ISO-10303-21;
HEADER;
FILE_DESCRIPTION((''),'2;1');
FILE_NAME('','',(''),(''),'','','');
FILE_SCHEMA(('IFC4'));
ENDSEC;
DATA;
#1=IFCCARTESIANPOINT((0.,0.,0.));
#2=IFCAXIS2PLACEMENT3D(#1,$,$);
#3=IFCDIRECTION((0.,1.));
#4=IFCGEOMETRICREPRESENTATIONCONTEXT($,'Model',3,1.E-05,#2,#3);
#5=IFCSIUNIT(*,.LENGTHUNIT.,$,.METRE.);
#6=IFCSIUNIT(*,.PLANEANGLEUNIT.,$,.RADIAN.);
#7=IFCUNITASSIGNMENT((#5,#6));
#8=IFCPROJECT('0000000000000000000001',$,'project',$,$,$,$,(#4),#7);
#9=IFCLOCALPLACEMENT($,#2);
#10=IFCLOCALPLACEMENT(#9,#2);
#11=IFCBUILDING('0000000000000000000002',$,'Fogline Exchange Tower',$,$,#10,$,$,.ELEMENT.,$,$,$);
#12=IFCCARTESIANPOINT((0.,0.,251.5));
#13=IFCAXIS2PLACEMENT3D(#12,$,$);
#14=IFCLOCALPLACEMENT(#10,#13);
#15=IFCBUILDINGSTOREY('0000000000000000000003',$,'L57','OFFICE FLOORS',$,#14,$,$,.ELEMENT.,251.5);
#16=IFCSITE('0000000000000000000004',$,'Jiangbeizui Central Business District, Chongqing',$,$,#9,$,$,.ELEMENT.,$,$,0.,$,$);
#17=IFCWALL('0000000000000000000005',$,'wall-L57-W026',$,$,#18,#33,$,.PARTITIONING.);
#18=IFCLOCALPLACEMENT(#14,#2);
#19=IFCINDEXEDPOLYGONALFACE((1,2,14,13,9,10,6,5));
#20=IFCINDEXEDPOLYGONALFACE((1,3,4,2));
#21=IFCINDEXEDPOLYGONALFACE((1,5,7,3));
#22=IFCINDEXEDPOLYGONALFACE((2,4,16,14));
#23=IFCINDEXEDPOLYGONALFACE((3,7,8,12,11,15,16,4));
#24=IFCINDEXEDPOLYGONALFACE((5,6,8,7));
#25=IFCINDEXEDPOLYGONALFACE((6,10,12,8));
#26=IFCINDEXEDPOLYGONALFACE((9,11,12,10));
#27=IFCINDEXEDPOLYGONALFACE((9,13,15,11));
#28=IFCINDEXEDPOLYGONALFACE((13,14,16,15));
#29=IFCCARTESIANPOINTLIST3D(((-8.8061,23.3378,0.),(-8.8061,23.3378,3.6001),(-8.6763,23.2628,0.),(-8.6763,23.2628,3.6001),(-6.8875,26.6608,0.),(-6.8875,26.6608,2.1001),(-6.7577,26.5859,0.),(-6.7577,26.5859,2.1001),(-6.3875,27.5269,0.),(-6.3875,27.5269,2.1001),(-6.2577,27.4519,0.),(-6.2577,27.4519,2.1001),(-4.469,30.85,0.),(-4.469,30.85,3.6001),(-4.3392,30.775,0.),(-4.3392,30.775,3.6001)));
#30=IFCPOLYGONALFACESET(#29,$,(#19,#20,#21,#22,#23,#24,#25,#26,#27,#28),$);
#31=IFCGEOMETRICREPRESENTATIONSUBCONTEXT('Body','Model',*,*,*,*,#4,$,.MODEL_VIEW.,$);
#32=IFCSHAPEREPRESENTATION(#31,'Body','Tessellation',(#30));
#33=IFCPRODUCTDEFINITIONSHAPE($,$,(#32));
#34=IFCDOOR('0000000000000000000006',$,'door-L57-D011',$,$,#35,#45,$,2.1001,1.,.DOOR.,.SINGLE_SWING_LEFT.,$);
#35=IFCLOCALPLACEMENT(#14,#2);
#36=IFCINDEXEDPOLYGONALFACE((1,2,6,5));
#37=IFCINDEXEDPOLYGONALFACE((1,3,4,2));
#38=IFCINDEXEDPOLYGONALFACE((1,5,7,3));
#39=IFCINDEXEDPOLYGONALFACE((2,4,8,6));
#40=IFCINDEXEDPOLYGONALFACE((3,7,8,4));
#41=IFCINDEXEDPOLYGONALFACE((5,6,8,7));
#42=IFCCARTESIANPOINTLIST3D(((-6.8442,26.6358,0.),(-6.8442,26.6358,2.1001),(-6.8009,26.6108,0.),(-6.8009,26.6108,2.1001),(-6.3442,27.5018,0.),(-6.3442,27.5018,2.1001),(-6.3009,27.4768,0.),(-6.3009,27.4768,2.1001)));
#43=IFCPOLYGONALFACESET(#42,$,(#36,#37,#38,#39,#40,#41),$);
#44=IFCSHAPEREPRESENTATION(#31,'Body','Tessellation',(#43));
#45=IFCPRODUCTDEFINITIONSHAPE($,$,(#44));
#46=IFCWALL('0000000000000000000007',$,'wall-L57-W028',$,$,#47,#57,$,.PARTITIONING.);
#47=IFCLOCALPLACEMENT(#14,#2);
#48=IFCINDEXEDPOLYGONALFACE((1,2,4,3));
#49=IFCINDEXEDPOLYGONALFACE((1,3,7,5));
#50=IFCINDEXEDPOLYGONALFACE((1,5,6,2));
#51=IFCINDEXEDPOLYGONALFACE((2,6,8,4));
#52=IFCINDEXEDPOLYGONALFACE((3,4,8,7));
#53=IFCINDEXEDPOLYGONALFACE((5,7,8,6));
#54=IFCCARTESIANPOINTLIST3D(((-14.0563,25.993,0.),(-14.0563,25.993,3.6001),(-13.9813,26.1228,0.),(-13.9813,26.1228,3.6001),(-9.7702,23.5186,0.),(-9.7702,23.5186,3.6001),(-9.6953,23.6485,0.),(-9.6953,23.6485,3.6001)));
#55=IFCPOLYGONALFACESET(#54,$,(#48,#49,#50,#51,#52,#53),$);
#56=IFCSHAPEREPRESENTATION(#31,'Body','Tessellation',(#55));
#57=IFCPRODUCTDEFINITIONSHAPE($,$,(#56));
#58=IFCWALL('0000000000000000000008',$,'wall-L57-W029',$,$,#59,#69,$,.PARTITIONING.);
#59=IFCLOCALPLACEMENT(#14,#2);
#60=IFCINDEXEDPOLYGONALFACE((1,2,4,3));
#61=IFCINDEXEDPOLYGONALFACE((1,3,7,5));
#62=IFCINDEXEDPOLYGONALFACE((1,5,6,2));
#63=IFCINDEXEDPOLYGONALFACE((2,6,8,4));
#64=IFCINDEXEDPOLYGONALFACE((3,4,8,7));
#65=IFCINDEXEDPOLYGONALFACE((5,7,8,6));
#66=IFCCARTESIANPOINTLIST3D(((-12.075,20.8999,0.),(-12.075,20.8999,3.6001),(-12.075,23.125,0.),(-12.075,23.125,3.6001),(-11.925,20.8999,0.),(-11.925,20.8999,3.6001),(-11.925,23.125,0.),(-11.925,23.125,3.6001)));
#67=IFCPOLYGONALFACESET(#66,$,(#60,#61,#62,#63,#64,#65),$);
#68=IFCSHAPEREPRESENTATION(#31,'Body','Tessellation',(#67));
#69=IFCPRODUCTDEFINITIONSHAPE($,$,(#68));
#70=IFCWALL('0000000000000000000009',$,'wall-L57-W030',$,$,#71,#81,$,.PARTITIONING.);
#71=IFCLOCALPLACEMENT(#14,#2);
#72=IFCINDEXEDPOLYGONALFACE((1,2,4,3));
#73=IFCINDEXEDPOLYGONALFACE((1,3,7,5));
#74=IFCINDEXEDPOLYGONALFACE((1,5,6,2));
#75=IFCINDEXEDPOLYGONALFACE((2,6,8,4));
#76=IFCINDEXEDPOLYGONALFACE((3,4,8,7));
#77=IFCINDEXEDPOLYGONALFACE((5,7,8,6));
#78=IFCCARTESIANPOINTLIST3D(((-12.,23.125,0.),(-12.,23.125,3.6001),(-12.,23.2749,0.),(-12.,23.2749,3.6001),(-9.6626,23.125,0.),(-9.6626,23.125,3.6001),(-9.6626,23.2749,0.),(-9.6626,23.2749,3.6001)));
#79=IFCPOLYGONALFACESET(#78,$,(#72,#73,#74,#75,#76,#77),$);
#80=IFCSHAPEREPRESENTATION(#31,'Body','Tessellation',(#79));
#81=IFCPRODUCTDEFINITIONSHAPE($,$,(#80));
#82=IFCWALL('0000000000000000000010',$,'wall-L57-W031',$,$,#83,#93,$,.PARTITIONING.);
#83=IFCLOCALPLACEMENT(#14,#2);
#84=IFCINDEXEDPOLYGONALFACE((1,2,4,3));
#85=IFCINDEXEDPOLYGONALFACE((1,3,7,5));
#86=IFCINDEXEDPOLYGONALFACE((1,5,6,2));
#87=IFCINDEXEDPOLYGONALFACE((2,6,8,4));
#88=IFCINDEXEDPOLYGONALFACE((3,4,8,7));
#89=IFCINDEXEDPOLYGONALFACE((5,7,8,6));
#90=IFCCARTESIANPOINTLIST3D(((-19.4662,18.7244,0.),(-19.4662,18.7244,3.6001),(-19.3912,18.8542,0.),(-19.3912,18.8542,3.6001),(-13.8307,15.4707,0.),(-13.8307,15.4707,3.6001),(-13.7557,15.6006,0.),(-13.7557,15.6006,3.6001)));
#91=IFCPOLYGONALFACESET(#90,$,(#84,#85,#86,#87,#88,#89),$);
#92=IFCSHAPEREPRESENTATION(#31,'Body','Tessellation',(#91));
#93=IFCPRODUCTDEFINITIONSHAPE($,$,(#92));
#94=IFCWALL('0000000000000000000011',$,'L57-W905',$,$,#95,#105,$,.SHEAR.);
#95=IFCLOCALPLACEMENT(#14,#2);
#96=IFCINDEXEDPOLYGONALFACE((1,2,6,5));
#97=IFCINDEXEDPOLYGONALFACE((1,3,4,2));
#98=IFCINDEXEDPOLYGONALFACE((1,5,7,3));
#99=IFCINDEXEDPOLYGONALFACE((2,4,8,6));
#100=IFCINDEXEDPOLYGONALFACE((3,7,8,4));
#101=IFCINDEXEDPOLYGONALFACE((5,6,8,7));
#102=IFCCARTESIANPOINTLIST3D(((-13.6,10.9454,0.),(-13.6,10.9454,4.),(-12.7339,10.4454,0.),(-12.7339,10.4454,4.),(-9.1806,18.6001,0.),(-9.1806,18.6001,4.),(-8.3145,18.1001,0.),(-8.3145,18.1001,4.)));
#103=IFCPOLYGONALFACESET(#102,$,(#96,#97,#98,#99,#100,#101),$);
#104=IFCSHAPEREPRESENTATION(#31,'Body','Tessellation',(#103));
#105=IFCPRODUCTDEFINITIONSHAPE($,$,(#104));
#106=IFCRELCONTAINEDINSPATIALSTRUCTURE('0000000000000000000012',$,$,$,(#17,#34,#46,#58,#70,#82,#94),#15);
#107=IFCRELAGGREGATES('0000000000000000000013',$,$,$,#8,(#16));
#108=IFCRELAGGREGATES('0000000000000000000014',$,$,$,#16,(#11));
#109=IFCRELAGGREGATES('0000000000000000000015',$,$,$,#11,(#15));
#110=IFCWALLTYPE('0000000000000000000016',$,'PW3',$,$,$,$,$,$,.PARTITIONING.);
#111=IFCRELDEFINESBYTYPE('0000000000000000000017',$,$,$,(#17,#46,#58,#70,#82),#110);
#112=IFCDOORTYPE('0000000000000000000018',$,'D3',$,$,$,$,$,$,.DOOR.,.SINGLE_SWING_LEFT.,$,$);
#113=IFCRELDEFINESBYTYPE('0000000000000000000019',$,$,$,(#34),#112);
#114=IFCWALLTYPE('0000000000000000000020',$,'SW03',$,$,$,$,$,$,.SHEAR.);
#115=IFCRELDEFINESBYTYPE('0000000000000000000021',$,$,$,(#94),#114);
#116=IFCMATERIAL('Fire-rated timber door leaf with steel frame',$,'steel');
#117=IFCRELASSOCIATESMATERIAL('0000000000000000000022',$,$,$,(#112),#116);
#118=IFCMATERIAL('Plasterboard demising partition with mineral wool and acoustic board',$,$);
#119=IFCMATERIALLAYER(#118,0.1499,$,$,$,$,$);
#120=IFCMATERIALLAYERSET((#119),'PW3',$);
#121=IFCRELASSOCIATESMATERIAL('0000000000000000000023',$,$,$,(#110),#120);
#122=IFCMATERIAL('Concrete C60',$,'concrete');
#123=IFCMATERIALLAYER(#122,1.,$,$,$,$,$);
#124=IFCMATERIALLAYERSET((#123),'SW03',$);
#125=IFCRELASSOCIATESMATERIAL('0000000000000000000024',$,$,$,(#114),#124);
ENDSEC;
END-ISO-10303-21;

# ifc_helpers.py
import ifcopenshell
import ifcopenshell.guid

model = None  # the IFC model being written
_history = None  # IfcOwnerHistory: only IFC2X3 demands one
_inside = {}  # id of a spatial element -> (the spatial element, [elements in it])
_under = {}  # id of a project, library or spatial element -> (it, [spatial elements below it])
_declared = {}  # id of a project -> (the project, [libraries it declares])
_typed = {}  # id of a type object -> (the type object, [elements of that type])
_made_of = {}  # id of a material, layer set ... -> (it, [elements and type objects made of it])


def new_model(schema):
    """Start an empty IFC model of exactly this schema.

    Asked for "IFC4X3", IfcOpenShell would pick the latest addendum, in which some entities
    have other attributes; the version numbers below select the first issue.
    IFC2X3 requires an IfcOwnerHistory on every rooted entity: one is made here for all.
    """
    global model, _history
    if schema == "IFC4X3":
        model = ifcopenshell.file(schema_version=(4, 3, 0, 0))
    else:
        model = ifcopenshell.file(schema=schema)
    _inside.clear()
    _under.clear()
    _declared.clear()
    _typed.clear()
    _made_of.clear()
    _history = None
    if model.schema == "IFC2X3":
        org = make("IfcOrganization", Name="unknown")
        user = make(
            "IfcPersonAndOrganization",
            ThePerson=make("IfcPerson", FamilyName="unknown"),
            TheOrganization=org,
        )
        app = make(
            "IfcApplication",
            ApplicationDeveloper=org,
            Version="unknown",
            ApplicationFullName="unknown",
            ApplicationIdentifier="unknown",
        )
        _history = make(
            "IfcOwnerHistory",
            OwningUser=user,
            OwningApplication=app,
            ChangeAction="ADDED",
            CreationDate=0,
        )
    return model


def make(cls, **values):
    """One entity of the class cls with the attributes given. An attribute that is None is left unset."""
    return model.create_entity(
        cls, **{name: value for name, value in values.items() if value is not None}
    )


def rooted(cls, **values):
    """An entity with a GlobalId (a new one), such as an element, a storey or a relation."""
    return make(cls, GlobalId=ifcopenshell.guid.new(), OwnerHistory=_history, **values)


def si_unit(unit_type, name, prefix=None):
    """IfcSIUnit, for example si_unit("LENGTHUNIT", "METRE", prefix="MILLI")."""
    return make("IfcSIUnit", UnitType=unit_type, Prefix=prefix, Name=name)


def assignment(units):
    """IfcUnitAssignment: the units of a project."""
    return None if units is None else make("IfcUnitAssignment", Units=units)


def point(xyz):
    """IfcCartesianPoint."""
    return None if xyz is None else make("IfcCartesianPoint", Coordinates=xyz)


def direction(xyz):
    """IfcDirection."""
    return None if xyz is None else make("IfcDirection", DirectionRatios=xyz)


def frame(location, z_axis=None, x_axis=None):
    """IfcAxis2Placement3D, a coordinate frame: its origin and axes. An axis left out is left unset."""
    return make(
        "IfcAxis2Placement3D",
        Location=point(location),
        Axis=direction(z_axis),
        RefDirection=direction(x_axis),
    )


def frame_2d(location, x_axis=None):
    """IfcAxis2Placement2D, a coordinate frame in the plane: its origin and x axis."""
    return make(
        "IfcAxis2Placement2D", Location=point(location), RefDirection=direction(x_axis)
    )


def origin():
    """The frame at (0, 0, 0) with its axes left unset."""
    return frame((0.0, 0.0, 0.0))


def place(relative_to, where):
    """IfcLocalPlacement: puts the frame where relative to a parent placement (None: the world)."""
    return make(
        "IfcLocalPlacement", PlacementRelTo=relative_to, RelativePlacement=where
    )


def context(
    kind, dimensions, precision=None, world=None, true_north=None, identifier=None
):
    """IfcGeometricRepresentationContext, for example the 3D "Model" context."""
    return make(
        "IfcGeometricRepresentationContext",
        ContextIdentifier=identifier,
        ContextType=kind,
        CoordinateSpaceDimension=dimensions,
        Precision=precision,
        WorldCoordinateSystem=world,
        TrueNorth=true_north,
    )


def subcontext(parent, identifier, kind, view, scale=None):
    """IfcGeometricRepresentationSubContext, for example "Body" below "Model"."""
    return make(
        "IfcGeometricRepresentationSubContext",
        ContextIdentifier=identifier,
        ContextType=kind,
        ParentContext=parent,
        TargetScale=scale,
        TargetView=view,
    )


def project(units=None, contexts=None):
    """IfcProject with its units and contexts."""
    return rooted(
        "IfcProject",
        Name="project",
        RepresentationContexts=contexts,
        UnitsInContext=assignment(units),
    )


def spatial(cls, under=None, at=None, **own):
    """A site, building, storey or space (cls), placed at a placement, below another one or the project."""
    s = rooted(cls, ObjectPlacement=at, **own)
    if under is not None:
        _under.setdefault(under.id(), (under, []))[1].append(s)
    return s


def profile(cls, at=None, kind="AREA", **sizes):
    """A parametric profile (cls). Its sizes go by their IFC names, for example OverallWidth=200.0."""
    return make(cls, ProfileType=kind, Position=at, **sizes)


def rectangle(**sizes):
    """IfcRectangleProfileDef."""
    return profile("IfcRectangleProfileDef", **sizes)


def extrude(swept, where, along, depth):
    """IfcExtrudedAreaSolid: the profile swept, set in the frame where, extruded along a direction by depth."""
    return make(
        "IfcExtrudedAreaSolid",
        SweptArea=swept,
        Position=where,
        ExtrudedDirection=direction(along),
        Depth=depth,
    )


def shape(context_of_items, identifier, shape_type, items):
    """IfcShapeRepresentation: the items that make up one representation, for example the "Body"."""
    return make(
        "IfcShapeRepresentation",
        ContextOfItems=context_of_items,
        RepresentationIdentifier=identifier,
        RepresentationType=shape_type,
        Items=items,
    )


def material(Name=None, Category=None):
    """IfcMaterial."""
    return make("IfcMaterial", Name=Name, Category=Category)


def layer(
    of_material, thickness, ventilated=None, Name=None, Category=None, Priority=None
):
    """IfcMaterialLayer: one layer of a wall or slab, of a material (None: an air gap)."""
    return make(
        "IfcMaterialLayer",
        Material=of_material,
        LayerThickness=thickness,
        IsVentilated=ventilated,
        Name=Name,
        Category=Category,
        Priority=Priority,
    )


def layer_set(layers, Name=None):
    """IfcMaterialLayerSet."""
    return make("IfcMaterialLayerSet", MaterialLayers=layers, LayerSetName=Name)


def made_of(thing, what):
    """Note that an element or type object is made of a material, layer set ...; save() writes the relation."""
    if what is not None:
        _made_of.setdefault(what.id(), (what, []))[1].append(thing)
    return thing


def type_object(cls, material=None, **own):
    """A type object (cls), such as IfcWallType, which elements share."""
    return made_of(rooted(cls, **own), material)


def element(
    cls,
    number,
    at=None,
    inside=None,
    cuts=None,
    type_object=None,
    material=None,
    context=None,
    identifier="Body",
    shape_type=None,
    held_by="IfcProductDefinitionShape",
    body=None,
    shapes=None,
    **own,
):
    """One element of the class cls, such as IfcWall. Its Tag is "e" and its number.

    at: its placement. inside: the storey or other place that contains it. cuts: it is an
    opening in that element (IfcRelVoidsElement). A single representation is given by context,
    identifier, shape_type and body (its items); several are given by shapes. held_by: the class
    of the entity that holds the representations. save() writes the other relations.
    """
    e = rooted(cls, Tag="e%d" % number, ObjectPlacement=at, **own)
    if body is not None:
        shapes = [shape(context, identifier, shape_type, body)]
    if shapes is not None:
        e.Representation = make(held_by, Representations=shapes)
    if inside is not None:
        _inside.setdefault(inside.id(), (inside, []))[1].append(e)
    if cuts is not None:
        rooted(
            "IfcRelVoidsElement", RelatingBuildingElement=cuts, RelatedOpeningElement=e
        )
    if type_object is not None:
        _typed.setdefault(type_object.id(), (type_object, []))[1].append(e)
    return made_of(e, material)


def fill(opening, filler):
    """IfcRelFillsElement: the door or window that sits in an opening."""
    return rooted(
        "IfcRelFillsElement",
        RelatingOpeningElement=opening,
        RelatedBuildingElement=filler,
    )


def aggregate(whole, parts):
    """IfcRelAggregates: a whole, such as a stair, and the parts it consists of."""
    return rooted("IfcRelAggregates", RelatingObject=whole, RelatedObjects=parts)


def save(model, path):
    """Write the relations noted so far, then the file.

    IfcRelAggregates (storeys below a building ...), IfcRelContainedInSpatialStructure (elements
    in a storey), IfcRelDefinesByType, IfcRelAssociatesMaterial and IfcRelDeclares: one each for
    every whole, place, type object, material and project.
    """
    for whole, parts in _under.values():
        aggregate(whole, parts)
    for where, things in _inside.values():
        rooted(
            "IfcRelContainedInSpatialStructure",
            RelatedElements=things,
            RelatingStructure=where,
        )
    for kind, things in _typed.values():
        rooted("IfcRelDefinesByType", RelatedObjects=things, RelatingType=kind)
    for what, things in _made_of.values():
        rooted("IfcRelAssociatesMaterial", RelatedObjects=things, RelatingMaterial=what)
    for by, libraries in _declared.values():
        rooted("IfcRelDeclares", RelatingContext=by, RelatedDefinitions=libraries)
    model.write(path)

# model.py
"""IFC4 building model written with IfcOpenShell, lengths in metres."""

from ifc_helpers import new_model, si_unit, direction, frame, frame_2d, origin, place, context, subcontext, project, spatial, rectangle, extrude, material, layer, layer_set, type_object, element, fill, save


model = new_model("IFC4")

# Units and contexts
model_context = context("Model", 3, precision=1e-05, world=origin(), true_north=direction((0.0, 1.0)))
body_context = subcontext(model_context, "Body", "Model", "MODEL_VIEW")
ifc_project = project(units=[si_unit("LENGTHUNIT", "METRE"), si_unit("PLANEANGLEUNIT", "RADIAN")], contexts=[model_context])

# Site, building, storey
site_placement = place(None, origin())
site = spatial("IfcSite", under=ifc_project, at=site_placement, Name="Jiangbeizui Central Business District, Chongqing", CompositionType="ELEMENT", RefElevation=0.0)
building_placement = place(site_placement, origin())
building = spatial("IfcBuilding", under=site, at=building_placement, Name="Fogline Exchange Tower", CompositionType="ELEMENT")
storey_placement = place(building_placement, frame((0.0, 0.0, 251.5)))
storey = spatial("IfcBuildingStorey", under=building, at=storey_placement, Name="L57", Description="OFFICE FLOORS", CompositionType="ELEMENT", Elevation=251.5)

# Shared definitions
ifc_material_1 = material(Name="Concrete C60", Category="concrete")

# Shared definitions
ifc_material_2 = material(Name="Fire-rated timber door leaf with steel frame", Category="steel")
door_type_1 = type_object("IfcDoorType", Name="D3", OperationType="SINGLE_SWING_LEFT", PredefinedType="DOOR", material=ifc_material_2)

# Wall, opening, door
ifc_material_3 = material(Name="Plasterboard demising partition with mineral wool and acoustic board")
ifc_layer_1 = layer(ifc_material_3, 0.1499)
ifc_layer_set_1 = layer_set([ifc_layer_1], Name="PW3")
wall_type_1 = type_object("IfcWallType", Name="PW3", PredefinedType="PARTITIONING", material=ifc_layer_set_1)
wall_1_placement = place(storey_placement, frame((-8.7412, 23.3003, 0.0), z_axis=(0.0, 0.0, 1.0), x_axis=(0.499999, 0.866026, 0.0)))
wall_1 = element("IfcWall", 1, at=wall_1_placement, inside=storey, type_object=wall_type_1, Name="wall-L57-W026", PredefinedType="PARTITIONING", context=body_context, shape_type="SweptSolid", body=[
    extrude(rectangle(XDim=8.6743, YDim=0.1499, at=frame_2d((4.3372, 0.0))), origin(), (0.0, 0.0, 1.0), 3.6001),
])
opening_1_placement = place(wall_1_placement, frame((3.8372, 0.0, 0.0)))
opening_1 = element("IfcOpeningElement", 2, at=opening_1_placement, cuts=wall_1, PredefinedType="OPENING", context=body_context, shape_type="SweptSolid", body=[
    extrude(rectangle(XDim=1.0, YDim=2.1001, at=frame_2d((0.5, 1.05))), frame((0.0, 0.085, 0.0), z_axis=(0.0, -1.0, 0.0), x_axis=(1.0, 0.0, 0.0)), (0.0, 0.0, 1.0), 0.1699),
])
door_1_placement = place(opening_1_placement, origin())
door_1 = element("IfcDoor", 3, at=door_1_placement, inside=storey, type_object=door_type_1, Name="door-L57-D011", OperationType="SINGLE_SWING_LEFT", OverallHeight=2.1001, OverallWidth=1.0, PredefinedType="DOOR", context=body_context, shape_type="SweptSolid", body=[
    extrude(rectangle(XDim=1.0, YDim=2.1001, at=frame_2d((0.5, 1.05))), frame((0.0, 0.0249, 0.0), z_axis=(0.0, -1.0, 0.0), x_axis=(1.0, 0.0, 0.0)), (0.0, 0.0, 1.0), 0.05),
])
fill(opening_1, door_1)

# Walls
wall_2_placement = place(storey_placement, frame((-9.7327, 23.5835, 0.0), z_axis=(0.0, 0.0, 1.0), x_axis=(-0.866046, 0.499964, 0.0)))
element("IfcWall", 4, at=wall_2_placement, inside=storey, type_object=wall_type_1, Name="wall-L57-W028", PredefinedType="PARTITIONING", context=body_context, shape_type="SweptSolid", body=[
    extrude(rectangle(XDim=4.949, YDim=0.1499, at=frame_2d((2.4746, 0.0))), origin(), (0.0, 0.0, 1.0), 3.6001),
])
wall_3_placement = place(storey_placement, frame((-12.0, 20.8999, 0.0), z_axis=(0.0, 0.0, 1.0), x_axis=(0.0, 1.0, 0.0)))
element("IfcWall", 5, at=wall_3_placement, inside=storey, type_object=wall_type_1, Name="wall-L57-W029", PredefinedType="PARTITIONING", context=body_context, shape_type="SweptSolid", body=[
    extrude(rectangle(XDim=2.2251, YDim=0.1499, at=frame_2d((1.1125, 0.0))), origin(), (0.0, 0.0, 1.0), 3.6001),
])
wall_4_placement = place(storey_placement, frame((-12.0, 23.2, 0.0), z_axis=(0.0, 0.0, 1.0), x_axis=(1.0, 0.0, 0.0)))
element("IfcWall", 6, at=wall_4_placement, inside=storey, type_object=wall_type_1, Name="wall-L57-W030", PredefinedType="PARTITIONING", context=body_context, shape_type="SweptSolid", body=[
    extrude(rectangle(XDim=2.3374, YDim=0.1499, at=frame_2d((1.1687, 0.0))), origin(), (0.0, 0.0, 1.0), 3.6001),
])
wall_5_placement = place(storey_placement, frame((-13.7932, 15.5356, 0.0), z_axis=(0.0, 0.0, 1.0), x_axis=(-0.866025, 0.500001, 0.0)))
element("IfcWall", 7, at=wall_5_placement, inside=storey, type_object=wall_type_1, Name="wall-L57-W031", PredefinedType="PARTITIONING", context=body_context, shape_type="SweptSolid", body=[
    extrude(rectangle(XDim=6.5073, YDim=0.1499, at=frame_2d((3.2537, 0.0))), origin(), (0.0, 0.0, 1.0), 3.6001),
])
ifc_layer_2 = layer(ifc_material_1, 1.0)
ifc_layer_set_2 = layer_set([ifc_layer_2], Name="SW03")
wall_type_2 = type_object("IfcWallType", Name="SW03", PredefinedType="SHEAR", material=ifc_layer_set_2)
wall_6_placement = place(storey_placement, frame((-8.7476, 18.3501, 0.0), z_axis=(0.0, 0.0, 1.0), x_axis=(-0.499995, -0.866028, 0.0)))
element("IfcWall", 8, at=wall_6_placement, inside=storey, type_object=wall_type_2, Name="L57-W905", PredefinedType="SHEAR", context=body_context, shape_type="SweptSolid", body=[
    extrude(rectangle(XDim=8.8389, YDim=1.0, at=frame_2d((4.4194, 0.0))), origin(), (0.0, 0.0, 1.0), 4.0),
])

save(model, "model.ifc")
